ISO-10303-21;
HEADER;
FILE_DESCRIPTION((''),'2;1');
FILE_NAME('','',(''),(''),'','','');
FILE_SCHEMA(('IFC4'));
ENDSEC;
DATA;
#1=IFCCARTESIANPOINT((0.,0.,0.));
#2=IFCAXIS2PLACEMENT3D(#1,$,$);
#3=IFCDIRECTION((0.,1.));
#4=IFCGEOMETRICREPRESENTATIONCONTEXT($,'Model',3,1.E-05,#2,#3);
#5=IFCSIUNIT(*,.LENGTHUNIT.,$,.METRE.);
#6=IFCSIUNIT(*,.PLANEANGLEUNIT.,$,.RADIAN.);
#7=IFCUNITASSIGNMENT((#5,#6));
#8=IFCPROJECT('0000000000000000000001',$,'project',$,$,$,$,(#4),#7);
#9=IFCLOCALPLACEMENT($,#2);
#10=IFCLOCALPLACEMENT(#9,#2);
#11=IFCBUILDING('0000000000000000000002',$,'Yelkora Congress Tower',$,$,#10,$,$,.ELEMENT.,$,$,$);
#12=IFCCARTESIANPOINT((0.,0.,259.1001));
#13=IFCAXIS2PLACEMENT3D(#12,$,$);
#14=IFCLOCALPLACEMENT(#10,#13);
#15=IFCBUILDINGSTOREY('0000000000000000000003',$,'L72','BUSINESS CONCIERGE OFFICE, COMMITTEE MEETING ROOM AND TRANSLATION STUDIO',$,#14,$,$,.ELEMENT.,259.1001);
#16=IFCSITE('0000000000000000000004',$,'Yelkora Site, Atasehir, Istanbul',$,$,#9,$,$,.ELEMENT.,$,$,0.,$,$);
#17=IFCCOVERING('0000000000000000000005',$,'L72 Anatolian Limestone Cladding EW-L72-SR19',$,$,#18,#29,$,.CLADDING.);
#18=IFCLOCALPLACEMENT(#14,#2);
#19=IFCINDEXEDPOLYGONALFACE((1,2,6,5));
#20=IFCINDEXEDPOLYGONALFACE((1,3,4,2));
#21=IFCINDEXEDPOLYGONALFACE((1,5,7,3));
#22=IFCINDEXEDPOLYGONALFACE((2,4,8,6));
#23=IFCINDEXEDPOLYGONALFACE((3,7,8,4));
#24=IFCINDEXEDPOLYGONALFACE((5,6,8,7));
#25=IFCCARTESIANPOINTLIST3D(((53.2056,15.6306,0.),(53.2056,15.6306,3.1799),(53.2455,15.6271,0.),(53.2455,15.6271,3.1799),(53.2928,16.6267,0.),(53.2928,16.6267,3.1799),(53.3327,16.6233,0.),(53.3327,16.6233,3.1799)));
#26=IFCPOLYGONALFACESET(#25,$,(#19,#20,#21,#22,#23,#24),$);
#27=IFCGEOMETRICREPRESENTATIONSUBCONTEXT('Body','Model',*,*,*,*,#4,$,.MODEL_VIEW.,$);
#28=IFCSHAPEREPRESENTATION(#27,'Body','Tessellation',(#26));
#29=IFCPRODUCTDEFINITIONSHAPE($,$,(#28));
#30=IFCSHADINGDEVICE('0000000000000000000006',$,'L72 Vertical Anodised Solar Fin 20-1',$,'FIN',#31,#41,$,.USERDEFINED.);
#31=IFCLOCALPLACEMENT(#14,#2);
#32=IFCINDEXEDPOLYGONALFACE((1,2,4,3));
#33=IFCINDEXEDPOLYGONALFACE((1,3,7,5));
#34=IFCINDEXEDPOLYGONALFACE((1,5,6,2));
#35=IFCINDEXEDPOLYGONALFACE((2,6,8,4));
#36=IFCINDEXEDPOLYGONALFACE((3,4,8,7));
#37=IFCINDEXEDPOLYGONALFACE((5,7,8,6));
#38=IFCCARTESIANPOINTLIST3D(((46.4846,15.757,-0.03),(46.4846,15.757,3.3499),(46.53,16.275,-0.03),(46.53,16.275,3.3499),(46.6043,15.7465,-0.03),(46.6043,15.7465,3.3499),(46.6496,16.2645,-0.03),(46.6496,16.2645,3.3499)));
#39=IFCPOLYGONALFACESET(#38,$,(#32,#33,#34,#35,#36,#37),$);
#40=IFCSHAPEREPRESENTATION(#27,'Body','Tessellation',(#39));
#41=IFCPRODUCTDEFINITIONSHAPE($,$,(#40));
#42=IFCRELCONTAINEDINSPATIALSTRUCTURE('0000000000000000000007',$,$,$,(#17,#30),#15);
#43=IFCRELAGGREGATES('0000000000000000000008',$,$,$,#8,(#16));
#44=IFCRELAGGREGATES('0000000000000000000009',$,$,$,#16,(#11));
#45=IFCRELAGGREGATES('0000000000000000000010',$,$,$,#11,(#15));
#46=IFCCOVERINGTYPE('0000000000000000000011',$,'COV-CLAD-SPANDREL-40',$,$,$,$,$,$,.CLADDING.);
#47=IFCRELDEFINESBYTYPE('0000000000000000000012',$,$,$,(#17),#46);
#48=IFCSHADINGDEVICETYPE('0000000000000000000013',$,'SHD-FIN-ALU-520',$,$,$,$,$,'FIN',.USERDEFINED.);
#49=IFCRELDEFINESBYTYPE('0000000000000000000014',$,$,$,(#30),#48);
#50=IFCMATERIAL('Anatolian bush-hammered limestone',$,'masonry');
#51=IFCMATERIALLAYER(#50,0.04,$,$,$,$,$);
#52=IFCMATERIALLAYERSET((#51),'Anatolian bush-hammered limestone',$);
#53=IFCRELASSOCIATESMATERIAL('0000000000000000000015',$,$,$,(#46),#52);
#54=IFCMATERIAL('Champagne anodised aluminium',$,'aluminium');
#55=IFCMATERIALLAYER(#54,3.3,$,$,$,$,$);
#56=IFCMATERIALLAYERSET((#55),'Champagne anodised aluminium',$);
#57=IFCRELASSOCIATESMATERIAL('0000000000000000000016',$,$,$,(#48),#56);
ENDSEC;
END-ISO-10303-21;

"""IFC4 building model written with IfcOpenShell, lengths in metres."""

from ifc_helpers import new_model, si_unit, direction, frame, frame_2d, origin, origin_2d, place, context, subcontext, project, spatial, rectangle, extrude, material, layer, layer_set, type_object, element, save


model = new_model("IFC4")

# Units and contexts
model_context = context("Model", 3, precision=1e-05, world=origin(), true_north=direction((0.0, 1.0)))
body_context = subcontext(model_context, "Body", "Model", "MODEL_VIEW")
ifc_project = project(units=[si_unit("LENGTHUNIT", "METRE"), si_unit("PLANEANGLEUNIT", "RADIAN")], contexts=[model_context])

# Site, building, storey
site_placement = place(None, origin())
site = spatial("IfcSite", under=ifc_project, at=site_placement, Name="Yelkora Site, Atasehir, Istanbul", CompositionType="ELEMENT", RefElevation=0.0)
building_placement = place(site_placement, origin())
building = spatial("IfcBuilding", under=site, at=building_placement, Name="Yelkora Congress Tower", CompositionType="ELEMENT")
storey_placement = place(building_placement, frame((0.0, 0.0, 259.1001)))
storey = spatial("IfcBuildingStorey", under=building, at=storey_placement, Name="L72", Description="BUSINESS CONCIERGE OFFICE, COMMITTEE MEETING ROOM AND TRANSLATION STUDIO", CompositionType="ELEMENT", Elevation=259.1001)

# Covering
ifc_material_1 = material(Name="Anatolian bush-hammered limestone", Category="masonry")
ifc_layer_1 = layer(ifc_material_1, 0.04)
ifc_layer_set_1 = layer_set([ifc_layer_1], Name="Anatolian bush-hammered limestone")
covering_type = type_object("IfcCoveringType", Name="COV-CLAD-SPANDREL-40", PredefinedType="CLADDING", material=ifc_layer_set_1)
covering_1_placement = place(storey_placement, frame((53.3127, 16.625, 0.0), z_axis=(0.0, 0.0, 1.0), x_axis=(-0.087167, -0.996194, 0.0)))
element("IfcCovering", 1, at=covering_1_placement, inside=storey, type_object=covering_type, Name="L72 Anatolian Limestone Cladding EW-L72-SR19", PredefinedType="CLADDING", context=body_context, shape_type="SweptSolid", body=[
    extrude(rectangle(XDim=1.0, YDim=0.04, at=frame_2d((0.5, 0.0))), origin(), (0.0, 0.0, 1.0), 3.1799),
])

# Shading device
ifc_material_2 = material(Name="Champagne anodised aluminium", Category="aluminium")
ifc_layer_2 = layer(ifc_material_2, 3.3)
ifc_layer_set_2 = layer_set([ifc_layer_2], Name="Champagne anodised aluminium")
shading_device_type = type_object("IfcShadingDeviceType", Name="SHD-FIN-ALU-520", ElementType="FIN", PredefinedType="USERDEFINED", material=ifc_layer_set_2)
shading_device_placement = place(storey_placement, frame((46.5671, 16.0107, -0.03), z_axis=(0.0, 0.0, 1.0), x_axis=(-0.996195, 0.087156, 0.0)))
element("IfcShadingDevice", 2, at=shading_device_placement, inside=storey, type_object=shading_device_type, Name="L72 Vertical Anodised Solar Fin 20-1", ObjectType="FIN", PredefinedType="USERDEFINED", context=body_context, shape_type="SweptSolid", body=[
    extrude(rectangle(XDim=0.1201, YDim=0.52, at=origin_2d()), origin(), (0.0, 0.0, 1.0), 3.3799),
])

save(model, "model.ifc")
